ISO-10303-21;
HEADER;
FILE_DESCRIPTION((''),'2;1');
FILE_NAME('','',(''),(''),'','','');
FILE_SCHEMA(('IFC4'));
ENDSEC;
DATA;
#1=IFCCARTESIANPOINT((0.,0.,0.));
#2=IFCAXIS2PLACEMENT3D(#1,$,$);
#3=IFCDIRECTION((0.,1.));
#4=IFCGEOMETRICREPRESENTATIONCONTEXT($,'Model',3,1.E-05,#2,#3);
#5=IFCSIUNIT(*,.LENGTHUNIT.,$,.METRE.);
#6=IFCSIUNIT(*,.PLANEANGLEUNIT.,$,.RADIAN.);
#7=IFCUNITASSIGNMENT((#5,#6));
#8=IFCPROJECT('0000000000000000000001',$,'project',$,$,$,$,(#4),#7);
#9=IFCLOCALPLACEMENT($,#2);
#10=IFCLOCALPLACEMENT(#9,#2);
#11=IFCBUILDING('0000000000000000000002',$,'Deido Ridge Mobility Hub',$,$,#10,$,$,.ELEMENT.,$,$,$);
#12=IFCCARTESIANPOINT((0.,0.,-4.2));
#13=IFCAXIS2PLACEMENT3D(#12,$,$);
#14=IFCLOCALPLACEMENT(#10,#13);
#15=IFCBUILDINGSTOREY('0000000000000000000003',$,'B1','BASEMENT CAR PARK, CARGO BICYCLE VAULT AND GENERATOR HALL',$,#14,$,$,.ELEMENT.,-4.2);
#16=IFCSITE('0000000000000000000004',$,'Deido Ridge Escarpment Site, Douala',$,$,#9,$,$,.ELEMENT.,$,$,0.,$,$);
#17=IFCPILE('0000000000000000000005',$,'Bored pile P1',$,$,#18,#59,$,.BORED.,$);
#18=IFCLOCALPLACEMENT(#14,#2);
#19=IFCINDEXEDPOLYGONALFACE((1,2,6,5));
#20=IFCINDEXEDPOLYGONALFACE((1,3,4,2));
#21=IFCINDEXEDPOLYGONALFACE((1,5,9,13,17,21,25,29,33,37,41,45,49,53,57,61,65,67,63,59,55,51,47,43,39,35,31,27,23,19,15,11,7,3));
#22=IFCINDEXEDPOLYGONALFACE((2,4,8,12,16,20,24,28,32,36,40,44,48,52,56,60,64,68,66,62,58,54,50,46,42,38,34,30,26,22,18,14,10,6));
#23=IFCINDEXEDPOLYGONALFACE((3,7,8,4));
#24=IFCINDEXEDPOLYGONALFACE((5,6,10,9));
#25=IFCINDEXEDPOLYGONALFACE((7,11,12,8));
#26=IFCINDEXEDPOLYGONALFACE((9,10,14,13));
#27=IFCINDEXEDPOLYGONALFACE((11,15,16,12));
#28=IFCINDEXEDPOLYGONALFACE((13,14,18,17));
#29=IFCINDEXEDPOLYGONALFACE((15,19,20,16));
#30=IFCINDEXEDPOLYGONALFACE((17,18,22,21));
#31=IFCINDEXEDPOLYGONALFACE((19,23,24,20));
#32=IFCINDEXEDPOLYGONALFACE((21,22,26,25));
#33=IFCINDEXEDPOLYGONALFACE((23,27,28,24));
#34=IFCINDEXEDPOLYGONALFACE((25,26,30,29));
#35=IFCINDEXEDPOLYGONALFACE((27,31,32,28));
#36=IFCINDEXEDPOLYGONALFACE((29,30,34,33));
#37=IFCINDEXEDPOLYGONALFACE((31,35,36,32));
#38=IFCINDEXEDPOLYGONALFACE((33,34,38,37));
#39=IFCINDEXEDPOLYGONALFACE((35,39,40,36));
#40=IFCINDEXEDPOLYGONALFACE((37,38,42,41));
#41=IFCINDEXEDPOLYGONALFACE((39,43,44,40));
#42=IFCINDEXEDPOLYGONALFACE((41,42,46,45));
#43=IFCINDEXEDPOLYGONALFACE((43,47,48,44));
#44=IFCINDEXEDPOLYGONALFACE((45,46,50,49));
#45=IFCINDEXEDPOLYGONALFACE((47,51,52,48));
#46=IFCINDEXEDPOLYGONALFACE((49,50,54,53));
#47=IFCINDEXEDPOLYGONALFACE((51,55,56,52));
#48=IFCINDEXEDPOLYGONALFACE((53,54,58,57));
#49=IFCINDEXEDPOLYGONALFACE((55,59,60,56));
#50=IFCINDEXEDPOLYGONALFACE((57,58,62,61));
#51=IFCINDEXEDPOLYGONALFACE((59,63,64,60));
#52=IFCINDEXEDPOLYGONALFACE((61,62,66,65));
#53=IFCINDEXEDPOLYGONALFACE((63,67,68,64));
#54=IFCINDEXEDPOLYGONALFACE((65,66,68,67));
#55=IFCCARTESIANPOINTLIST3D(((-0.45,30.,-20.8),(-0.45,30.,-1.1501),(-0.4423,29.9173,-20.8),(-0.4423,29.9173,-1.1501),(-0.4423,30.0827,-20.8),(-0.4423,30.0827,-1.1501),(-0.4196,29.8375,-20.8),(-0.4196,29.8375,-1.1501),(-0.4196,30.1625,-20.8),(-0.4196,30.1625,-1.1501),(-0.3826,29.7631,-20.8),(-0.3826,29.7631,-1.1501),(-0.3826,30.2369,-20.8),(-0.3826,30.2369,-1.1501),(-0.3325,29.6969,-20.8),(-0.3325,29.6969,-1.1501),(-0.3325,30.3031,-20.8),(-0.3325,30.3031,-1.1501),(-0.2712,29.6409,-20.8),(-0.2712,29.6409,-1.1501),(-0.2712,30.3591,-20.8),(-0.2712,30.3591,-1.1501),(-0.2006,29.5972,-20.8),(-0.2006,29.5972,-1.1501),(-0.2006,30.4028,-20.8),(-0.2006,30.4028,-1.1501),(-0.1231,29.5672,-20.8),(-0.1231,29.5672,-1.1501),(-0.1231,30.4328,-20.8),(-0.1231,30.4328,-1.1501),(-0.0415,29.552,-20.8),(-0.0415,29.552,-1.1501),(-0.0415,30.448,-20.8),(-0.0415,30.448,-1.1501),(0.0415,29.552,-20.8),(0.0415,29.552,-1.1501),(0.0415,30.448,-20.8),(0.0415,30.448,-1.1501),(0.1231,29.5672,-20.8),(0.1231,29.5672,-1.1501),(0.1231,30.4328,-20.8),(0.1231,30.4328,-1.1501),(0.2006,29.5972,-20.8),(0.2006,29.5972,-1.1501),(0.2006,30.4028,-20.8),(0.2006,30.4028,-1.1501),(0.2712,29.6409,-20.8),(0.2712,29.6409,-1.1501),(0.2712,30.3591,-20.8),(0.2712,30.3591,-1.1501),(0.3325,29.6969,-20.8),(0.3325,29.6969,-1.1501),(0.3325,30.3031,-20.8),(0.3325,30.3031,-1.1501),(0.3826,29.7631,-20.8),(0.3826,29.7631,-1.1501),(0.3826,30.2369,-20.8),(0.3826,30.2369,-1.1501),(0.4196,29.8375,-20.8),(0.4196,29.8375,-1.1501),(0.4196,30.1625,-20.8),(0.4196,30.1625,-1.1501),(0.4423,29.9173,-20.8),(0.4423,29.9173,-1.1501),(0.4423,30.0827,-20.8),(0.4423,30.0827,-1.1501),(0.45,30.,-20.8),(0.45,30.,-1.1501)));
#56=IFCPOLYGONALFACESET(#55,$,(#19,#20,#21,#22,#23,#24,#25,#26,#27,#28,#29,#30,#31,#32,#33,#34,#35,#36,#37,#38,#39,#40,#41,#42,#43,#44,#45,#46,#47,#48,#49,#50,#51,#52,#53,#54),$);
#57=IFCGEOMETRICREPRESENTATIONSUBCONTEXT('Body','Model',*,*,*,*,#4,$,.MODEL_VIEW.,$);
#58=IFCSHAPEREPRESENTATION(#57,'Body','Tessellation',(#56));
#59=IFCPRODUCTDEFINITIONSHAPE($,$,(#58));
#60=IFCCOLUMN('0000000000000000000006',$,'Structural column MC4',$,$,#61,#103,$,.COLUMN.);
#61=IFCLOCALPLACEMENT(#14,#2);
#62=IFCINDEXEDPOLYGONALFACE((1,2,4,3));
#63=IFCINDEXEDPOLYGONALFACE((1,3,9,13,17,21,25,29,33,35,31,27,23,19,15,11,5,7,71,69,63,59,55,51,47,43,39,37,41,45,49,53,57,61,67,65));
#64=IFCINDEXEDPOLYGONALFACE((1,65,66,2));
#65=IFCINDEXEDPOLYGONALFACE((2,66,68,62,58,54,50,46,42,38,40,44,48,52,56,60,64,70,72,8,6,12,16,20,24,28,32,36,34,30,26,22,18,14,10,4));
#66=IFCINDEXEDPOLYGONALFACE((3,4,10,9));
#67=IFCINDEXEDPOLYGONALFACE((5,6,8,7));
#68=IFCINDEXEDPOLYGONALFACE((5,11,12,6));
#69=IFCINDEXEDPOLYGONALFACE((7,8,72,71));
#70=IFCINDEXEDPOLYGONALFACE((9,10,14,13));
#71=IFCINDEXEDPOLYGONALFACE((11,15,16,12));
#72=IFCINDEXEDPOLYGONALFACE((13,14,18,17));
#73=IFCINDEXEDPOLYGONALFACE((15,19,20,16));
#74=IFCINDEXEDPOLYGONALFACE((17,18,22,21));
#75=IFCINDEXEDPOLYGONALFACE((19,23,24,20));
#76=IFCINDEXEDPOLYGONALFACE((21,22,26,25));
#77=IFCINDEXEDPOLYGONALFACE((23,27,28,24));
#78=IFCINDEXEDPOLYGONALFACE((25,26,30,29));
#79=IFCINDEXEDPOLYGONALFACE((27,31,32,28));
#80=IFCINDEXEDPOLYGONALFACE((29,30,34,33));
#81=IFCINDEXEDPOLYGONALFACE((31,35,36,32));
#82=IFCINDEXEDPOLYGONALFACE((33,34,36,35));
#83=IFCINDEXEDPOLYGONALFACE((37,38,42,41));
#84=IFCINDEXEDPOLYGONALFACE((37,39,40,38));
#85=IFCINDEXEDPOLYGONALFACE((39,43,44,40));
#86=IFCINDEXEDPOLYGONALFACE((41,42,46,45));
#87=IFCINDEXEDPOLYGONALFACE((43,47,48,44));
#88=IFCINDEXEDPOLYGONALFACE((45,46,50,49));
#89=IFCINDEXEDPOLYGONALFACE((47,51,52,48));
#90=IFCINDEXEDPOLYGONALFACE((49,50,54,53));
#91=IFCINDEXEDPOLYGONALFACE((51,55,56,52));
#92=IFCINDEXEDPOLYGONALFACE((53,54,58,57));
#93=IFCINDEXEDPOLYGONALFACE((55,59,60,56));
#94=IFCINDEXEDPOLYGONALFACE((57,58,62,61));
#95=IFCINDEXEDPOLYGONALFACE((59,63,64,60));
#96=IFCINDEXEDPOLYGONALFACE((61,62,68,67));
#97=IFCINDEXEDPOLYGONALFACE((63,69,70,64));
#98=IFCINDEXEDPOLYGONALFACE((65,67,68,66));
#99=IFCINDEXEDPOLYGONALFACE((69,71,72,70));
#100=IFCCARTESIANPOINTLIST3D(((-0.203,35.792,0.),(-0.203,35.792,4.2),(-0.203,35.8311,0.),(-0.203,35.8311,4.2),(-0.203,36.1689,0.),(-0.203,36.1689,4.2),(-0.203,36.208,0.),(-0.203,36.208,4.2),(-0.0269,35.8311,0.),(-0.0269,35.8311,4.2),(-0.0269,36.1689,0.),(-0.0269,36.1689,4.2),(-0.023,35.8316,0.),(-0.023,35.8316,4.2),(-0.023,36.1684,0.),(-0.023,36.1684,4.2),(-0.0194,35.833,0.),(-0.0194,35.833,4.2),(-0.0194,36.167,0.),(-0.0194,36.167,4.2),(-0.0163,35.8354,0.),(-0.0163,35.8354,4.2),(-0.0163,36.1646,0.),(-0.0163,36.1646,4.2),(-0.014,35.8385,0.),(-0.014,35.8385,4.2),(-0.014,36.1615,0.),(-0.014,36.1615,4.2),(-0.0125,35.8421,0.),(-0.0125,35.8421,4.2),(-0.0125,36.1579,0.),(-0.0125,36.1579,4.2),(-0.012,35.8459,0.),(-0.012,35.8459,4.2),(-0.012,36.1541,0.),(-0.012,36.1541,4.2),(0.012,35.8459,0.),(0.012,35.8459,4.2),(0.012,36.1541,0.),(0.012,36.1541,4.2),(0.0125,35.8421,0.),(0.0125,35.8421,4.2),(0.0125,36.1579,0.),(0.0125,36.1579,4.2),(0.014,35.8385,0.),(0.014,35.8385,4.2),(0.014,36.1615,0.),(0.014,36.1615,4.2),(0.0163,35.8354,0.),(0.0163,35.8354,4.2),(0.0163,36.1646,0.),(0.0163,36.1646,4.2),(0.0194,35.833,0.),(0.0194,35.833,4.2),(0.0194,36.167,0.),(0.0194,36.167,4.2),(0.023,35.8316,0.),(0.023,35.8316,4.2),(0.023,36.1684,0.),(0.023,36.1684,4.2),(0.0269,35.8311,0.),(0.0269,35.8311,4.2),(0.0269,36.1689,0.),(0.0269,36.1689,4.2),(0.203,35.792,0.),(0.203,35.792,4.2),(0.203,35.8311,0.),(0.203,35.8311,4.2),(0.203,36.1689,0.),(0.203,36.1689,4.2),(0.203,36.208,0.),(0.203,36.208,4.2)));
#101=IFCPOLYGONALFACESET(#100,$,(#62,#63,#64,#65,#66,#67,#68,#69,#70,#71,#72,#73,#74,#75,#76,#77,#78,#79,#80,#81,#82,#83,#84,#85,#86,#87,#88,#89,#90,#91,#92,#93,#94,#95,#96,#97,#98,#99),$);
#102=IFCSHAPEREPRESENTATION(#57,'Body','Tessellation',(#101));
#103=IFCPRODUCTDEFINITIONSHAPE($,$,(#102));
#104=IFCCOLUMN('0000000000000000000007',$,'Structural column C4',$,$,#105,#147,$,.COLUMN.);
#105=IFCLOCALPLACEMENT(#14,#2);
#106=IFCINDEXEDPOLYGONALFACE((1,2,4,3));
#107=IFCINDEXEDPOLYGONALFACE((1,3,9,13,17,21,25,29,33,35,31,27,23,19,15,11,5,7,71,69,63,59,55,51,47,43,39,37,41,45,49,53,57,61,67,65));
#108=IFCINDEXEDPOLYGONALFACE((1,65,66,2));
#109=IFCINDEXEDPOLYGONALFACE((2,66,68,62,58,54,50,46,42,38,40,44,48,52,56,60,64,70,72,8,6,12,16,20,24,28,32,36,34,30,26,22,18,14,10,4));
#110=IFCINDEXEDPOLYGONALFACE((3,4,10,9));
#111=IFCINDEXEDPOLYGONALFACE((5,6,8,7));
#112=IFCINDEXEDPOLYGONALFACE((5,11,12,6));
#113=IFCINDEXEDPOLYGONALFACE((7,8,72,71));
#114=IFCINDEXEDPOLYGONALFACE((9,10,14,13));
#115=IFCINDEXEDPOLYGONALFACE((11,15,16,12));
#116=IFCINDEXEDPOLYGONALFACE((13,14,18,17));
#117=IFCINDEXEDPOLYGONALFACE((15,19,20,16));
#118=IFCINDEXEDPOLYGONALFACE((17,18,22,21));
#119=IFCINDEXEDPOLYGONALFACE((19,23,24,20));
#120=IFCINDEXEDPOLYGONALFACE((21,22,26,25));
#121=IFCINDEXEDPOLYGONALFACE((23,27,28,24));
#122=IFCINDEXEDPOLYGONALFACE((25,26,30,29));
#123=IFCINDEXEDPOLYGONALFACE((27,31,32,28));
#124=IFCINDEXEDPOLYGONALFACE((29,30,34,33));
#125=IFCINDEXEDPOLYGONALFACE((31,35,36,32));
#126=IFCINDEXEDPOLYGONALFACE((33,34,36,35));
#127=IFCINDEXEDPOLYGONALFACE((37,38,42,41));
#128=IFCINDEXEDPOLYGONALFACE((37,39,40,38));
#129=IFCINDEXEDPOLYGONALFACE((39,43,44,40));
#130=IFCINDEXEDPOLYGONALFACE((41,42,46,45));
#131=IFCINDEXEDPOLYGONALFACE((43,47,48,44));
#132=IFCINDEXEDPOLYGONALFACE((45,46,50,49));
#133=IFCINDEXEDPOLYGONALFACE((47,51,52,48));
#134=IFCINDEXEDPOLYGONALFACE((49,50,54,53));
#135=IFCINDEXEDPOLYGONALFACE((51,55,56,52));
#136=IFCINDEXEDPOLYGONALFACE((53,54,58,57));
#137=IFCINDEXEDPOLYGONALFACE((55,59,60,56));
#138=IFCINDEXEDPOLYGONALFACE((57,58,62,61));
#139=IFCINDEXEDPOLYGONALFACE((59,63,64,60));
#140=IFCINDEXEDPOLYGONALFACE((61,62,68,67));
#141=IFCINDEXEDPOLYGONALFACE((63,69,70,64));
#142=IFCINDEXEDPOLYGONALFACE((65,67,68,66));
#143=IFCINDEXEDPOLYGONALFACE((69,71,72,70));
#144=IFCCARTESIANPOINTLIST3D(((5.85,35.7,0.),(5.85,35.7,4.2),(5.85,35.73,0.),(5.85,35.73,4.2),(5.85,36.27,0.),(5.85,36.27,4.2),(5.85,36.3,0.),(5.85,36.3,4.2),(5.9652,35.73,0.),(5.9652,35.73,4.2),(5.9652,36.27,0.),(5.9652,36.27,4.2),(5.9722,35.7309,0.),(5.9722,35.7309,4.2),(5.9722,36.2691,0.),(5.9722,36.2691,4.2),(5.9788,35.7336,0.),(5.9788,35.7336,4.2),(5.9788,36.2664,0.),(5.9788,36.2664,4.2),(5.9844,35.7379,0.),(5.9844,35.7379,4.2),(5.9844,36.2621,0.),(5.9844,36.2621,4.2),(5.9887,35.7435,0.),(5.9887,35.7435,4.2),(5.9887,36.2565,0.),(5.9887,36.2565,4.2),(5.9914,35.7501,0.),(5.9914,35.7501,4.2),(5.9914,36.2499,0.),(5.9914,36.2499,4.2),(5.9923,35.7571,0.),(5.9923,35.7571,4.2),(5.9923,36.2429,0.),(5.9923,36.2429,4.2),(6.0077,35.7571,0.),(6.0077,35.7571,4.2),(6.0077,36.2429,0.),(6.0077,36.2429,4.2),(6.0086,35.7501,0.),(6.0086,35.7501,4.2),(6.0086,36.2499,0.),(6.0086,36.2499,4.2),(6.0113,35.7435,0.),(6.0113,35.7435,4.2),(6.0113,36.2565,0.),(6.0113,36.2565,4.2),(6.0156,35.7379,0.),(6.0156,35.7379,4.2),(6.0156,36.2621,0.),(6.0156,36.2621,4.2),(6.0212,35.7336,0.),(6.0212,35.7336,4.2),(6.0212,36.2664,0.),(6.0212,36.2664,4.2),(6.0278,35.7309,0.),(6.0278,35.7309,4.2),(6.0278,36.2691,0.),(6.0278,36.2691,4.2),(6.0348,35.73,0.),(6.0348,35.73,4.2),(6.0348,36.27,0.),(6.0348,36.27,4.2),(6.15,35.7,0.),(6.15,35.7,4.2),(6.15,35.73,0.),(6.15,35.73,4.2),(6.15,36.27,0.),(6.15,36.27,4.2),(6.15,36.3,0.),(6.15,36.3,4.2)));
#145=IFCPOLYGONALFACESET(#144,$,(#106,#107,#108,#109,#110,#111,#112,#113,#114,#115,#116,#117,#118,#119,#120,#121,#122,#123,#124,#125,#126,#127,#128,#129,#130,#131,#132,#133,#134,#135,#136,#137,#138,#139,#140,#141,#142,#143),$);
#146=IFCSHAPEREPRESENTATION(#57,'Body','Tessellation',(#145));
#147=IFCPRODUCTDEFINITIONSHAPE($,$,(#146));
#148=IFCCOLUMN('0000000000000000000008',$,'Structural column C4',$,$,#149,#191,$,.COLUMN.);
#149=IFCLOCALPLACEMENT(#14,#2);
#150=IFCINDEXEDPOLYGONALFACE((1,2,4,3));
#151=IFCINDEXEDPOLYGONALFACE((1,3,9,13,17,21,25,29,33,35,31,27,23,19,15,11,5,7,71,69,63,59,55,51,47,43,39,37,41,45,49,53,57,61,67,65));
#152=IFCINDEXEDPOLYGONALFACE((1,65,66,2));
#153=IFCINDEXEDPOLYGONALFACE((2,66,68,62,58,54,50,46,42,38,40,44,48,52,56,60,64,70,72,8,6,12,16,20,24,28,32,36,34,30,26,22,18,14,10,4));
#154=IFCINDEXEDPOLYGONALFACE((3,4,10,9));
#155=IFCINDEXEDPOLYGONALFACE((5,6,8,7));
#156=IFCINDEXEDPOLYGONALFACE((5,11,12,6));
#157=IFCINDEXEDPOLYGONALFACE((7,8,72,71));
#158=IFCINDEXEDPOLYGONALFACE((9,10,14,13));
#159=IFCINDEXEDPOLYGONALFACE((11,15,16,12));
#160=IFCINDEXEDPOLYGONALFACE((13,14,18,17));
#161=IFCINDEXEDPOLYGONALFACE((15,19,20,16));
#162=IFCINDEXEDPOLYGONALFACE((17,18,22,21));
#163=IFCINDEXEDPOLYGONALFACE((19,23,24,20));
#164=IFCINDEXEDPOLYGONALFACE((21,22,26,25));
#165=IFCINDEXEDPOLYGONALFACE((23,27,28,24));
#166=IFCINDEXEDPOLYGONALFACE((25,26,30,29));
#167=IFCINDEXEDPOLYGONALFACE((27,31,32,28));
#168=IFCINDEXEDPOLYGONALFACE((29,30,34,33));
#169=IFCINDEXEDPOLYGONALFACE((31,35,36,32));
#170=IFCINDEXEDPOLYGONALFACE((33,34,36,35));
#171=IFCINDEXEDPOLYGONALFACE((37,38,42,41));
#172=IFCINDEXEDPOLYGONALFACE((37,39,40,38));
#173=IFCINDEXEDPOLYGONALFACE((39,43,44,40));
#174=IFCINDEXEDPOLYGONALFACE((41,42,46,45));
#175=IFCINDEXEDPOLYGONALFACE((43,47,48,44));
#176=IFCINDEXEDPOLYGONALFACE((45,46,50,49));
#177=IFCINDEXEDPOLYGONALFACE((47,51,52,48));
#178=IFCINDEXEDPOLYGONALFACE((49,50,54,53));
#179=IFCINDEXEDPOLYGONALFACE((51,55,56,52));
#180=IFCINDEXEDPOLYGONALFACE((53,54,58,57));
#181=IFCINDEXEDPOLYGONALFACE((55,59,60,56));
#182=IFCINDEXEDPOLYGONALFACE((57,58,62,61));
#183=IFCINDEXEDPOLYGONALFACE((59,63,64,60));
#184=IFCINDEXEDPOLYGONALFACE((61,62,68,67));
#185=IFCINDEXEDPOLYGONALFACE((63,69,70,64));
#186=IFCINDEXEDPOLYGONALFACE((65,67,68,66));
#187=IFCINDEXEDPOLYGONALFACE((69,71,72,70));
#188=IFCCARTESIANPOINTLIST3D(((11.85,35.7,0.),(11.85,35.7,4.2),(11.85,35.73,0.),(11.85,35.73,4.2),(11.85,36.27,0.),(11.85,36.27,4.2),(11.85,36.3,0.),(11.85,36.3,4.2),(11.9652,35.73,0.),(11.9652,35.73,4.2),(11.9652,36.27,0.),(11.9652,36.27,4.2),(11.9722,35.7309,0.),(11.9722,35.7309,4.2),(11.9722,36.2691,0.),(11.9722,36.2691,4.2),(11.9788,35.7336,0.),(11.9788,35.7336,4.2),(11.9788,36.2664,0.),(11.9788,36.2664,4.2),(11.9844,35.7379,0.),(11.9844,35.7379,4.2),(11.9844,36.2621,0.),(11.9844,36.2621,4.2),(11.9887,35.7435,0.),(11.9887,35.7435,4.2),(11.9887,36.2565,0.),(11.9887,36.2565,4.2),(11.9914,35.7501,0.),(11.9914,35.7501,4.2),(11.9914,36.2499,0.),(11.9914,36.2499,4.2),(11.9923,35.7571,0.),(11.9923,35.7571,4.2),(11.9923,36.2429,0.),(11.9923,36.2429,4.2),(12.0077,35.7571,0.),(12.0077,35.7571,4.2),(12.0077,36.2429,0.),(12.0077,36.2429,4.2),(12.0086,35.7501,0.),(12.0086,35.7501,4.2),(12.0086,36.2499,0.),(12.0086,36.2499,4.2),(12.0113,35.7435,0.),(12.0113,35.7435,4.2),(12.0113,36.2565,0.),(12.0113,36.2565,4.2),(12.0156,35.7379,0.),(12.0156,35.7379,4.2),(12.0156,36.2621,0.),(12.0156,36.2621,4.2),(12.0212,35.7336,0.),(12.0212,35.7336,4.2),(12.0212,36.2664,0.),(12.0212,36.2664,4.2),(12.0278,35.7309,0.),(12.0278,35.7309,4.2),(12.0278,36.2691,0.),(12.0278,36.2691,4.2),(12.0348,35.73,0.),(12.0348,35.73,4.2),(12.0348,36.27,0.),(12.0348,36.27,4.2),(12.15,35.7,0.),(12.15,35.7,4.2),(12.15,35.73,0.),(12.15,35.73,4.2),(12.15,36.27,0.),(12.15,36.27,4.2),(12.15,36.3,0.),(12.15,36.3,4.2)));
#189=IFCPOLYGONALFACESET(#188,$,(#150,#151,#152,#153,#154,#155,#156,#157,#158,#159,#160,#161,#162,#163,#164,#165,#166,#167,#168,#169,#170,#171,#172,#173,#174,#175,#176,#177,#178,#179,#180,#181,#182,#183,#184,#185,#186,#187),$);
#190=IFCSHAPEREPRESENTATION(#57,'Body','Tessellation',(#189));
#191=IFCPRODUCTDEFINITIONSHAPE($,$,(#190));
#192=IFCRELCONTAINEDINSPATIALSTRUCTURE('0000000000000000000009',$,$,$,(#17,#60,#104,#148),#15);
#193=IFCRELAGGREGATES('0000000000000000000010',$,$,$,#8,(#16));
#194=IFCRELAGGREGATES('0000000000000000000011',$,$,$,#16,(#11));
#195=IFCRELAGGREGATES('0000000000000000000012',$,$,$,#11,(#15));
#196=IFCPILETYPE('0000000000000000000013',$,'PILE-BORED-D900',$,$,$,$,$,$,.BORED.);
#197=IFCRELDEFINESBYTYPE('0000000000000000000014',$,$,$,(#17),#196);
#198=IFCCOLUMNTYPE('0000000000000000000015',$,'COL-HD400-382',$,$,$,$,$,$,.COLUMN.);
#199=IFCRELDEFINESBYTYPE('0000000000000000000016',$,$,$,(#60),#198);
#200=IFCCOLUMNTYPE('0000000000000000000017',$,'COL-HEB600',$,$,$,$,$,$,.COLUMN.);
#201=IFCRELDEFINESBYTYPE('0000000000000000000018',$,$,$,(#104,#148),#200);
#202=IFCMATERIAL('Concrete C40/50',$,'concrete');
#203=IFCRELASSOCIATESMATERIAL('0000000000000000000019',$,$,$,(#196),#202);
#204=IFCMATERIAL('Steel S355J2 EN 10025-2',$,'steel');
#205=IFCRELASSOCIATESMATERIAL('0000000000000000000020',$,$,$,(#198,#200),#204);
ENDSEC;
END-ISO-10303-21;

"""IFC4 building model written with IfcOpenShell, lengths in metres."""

from ifc_helpers import new_model, si_unit, direction, frame, origin, origin_2d, place, context, subcontext, project, spatial, circle, i_section, extrude, material, material_profile, profile_set, type_object, element, save


model = new_model("IFC4")

# Units and contexts
model_context = context("Model", 3, precision=1e-05, world=origin(), true_north=direction((0.0, 1.0)))
body_context = subcontext(model_context, "Body", "Model", "MODEL_VIEW")
ifc_project = project(units=[si_unit("LENGTHUNIT", "METRE"), si_unit("PLANEANGLEUNIT", "RADIAN")], contexts=[model_context])

# Site, building, storey
site_placement = place(None, origin())
site = spatial("IfcSite", under=ifc_project, at=site_placement, Name="Deido Ridge Escarpment Site, Douala", CompositionType="ELEMENT", RefElevation=0.0)
building_placement = place(site_placement, origin())
building = spatial("IfcBuilding", under=site, at=building_placement, Name="Deido Ridge Mobility Hub", CompositionType="ELEMENT")
storey_placement = place(building_placement, frame((0.0, 0.0, -4.2)))
storey = spatial("IfcBuildingStorey", under=building, at=storey_placement, Name="B1", Description="BASEMENT CAR PARK, CARGO BICYCLE VAULT AND GENERATOR HALL", CompositionType="ELEMENT", Elevation=-4.2)

# Shared definitions
ifc_material_1 = material(Name="Concrete C40/50", Category="concrete")

# Pile
ifc_material_profile_1 = material_profile(ifc_material_1, circle(Radius=0.45, at=origin_2d()), Name="BORED PILE D900")
ifc_profile_set_1 = profile_set([ifc_material_profile_1], Name="Concrete C40/50")
pile_type_1 = type_object("IfcPileType", Name="PILE-BORED-D900", PredefinedType="BORED", material=ifc_profile_set_1)
pile_1_placement = place(storey_placement, frame((0.0, 30.0, -1.1501), z_axis=(0.0, 0.0, -1.0), x_axis=(1.0, 0.0, 0.0)))
element("IfcPile", 1, at=pile_1_placement, inside=storey, type_object=pile_type_1, Name="Bored pile P1", PredefinedType="BORED", context=body_context, shape_type="SweptSolid", body=[
    extrude(circle(Radius=0.45, at=origin_2d()), origin(), (0.0, 0.0, 1.0), 19.6499),
])

# Columns
ifc_material_2 = material(Name="Steel S355J2 EN 10025-2", Category="steel")
ifc_material_profile_2 = material_profile(ifc_material_2, i_section(OverallWidth=0.406, OverallDepth=0.416, WebThickness=0.0239, FlangeThickness=0.0391, FilletRadius=0.0149, at=origin_2d()), Name="HD 400x382")
ifc_profile_set_2 = profile_set([ifc_material_profile_2], Name="Steel S355J2 EN 10025-2")
column_type_1 = type_object("IfcColumnType", Name="COL-HD400-382", PredefinedType="COLUMN", material=ifc_profile_set_2)
column_placement = place(storey_placement, frame((0.0, 36.0, 0.0), z_axis=(0.0, 0.0, 1.0), x_axis=(1.0, 0.0, 0.0)))
element("IfcColumn", 2, at=column_placement, inside=storey, type_object=column_type_1, Name="Structural column MC4", PredefinedType="COLUMN", context=body_context, shape_type="SweptSolid", body=[
    extrude(i_section(OverallWidth=0.406, OverallDepth=0.416, WebThickness=0.0239, FlangeThickness=0.0391, FilletRadius=0.0149, at=origin_2d()), origin(), (0.0, 0.0, 1.0), 4.2),
])
ifc_material_profile_3 = material_profile(ifc_material_2, i_section(OverallWidth=0.3, OverallDepth=0.6001, WebThickness=0.0154, FlangeThickness=0.03, FilletRadius=0.0271, at=origin_2d()), Name="HEB 600")
ifc_profile_set_3 = profile_set([ifc_material_profile_3], Name="Steel S355J2 EN 10025-2")
column_type_2 = type_object("IfcColumnType", Name="COL-HEB600", PredefinedType="COLUMN", material=ifc_profile_set_3)
for number, where, z_axis, x_axis, name in (
    (3, (6.0, 36.0, 0.0), (0.0, 0.0, 1.0), (1.0, 0.0, 0.0), "Structural column C4"),
    (4, (12.0, 36.0, 0.0), (0.0, 0.0, 1.0), (1.0, 0.0, 0.0), "Structural column C4"),
):
    element("IfcColumn", number, at=place(storey_placement, frame(where, z_axis=z_axis, x_axis=x_axis)), inside=storey, type_object=column_type_2, Name=name, PredefinedType="COLUMN", context=body_context, shape_type="SweptSolid", body=[
        extrude(i_section(OverallWidth=0.3, OverallDepth=0.6001, WebThickness=0.0154, FlangeThickness=0.03, FilletRadius=0.0271, at=origin_2d()), origin(), (0.0, 0.0, 1.0), 4.2),
    ])

save(model, "model.ifc")
